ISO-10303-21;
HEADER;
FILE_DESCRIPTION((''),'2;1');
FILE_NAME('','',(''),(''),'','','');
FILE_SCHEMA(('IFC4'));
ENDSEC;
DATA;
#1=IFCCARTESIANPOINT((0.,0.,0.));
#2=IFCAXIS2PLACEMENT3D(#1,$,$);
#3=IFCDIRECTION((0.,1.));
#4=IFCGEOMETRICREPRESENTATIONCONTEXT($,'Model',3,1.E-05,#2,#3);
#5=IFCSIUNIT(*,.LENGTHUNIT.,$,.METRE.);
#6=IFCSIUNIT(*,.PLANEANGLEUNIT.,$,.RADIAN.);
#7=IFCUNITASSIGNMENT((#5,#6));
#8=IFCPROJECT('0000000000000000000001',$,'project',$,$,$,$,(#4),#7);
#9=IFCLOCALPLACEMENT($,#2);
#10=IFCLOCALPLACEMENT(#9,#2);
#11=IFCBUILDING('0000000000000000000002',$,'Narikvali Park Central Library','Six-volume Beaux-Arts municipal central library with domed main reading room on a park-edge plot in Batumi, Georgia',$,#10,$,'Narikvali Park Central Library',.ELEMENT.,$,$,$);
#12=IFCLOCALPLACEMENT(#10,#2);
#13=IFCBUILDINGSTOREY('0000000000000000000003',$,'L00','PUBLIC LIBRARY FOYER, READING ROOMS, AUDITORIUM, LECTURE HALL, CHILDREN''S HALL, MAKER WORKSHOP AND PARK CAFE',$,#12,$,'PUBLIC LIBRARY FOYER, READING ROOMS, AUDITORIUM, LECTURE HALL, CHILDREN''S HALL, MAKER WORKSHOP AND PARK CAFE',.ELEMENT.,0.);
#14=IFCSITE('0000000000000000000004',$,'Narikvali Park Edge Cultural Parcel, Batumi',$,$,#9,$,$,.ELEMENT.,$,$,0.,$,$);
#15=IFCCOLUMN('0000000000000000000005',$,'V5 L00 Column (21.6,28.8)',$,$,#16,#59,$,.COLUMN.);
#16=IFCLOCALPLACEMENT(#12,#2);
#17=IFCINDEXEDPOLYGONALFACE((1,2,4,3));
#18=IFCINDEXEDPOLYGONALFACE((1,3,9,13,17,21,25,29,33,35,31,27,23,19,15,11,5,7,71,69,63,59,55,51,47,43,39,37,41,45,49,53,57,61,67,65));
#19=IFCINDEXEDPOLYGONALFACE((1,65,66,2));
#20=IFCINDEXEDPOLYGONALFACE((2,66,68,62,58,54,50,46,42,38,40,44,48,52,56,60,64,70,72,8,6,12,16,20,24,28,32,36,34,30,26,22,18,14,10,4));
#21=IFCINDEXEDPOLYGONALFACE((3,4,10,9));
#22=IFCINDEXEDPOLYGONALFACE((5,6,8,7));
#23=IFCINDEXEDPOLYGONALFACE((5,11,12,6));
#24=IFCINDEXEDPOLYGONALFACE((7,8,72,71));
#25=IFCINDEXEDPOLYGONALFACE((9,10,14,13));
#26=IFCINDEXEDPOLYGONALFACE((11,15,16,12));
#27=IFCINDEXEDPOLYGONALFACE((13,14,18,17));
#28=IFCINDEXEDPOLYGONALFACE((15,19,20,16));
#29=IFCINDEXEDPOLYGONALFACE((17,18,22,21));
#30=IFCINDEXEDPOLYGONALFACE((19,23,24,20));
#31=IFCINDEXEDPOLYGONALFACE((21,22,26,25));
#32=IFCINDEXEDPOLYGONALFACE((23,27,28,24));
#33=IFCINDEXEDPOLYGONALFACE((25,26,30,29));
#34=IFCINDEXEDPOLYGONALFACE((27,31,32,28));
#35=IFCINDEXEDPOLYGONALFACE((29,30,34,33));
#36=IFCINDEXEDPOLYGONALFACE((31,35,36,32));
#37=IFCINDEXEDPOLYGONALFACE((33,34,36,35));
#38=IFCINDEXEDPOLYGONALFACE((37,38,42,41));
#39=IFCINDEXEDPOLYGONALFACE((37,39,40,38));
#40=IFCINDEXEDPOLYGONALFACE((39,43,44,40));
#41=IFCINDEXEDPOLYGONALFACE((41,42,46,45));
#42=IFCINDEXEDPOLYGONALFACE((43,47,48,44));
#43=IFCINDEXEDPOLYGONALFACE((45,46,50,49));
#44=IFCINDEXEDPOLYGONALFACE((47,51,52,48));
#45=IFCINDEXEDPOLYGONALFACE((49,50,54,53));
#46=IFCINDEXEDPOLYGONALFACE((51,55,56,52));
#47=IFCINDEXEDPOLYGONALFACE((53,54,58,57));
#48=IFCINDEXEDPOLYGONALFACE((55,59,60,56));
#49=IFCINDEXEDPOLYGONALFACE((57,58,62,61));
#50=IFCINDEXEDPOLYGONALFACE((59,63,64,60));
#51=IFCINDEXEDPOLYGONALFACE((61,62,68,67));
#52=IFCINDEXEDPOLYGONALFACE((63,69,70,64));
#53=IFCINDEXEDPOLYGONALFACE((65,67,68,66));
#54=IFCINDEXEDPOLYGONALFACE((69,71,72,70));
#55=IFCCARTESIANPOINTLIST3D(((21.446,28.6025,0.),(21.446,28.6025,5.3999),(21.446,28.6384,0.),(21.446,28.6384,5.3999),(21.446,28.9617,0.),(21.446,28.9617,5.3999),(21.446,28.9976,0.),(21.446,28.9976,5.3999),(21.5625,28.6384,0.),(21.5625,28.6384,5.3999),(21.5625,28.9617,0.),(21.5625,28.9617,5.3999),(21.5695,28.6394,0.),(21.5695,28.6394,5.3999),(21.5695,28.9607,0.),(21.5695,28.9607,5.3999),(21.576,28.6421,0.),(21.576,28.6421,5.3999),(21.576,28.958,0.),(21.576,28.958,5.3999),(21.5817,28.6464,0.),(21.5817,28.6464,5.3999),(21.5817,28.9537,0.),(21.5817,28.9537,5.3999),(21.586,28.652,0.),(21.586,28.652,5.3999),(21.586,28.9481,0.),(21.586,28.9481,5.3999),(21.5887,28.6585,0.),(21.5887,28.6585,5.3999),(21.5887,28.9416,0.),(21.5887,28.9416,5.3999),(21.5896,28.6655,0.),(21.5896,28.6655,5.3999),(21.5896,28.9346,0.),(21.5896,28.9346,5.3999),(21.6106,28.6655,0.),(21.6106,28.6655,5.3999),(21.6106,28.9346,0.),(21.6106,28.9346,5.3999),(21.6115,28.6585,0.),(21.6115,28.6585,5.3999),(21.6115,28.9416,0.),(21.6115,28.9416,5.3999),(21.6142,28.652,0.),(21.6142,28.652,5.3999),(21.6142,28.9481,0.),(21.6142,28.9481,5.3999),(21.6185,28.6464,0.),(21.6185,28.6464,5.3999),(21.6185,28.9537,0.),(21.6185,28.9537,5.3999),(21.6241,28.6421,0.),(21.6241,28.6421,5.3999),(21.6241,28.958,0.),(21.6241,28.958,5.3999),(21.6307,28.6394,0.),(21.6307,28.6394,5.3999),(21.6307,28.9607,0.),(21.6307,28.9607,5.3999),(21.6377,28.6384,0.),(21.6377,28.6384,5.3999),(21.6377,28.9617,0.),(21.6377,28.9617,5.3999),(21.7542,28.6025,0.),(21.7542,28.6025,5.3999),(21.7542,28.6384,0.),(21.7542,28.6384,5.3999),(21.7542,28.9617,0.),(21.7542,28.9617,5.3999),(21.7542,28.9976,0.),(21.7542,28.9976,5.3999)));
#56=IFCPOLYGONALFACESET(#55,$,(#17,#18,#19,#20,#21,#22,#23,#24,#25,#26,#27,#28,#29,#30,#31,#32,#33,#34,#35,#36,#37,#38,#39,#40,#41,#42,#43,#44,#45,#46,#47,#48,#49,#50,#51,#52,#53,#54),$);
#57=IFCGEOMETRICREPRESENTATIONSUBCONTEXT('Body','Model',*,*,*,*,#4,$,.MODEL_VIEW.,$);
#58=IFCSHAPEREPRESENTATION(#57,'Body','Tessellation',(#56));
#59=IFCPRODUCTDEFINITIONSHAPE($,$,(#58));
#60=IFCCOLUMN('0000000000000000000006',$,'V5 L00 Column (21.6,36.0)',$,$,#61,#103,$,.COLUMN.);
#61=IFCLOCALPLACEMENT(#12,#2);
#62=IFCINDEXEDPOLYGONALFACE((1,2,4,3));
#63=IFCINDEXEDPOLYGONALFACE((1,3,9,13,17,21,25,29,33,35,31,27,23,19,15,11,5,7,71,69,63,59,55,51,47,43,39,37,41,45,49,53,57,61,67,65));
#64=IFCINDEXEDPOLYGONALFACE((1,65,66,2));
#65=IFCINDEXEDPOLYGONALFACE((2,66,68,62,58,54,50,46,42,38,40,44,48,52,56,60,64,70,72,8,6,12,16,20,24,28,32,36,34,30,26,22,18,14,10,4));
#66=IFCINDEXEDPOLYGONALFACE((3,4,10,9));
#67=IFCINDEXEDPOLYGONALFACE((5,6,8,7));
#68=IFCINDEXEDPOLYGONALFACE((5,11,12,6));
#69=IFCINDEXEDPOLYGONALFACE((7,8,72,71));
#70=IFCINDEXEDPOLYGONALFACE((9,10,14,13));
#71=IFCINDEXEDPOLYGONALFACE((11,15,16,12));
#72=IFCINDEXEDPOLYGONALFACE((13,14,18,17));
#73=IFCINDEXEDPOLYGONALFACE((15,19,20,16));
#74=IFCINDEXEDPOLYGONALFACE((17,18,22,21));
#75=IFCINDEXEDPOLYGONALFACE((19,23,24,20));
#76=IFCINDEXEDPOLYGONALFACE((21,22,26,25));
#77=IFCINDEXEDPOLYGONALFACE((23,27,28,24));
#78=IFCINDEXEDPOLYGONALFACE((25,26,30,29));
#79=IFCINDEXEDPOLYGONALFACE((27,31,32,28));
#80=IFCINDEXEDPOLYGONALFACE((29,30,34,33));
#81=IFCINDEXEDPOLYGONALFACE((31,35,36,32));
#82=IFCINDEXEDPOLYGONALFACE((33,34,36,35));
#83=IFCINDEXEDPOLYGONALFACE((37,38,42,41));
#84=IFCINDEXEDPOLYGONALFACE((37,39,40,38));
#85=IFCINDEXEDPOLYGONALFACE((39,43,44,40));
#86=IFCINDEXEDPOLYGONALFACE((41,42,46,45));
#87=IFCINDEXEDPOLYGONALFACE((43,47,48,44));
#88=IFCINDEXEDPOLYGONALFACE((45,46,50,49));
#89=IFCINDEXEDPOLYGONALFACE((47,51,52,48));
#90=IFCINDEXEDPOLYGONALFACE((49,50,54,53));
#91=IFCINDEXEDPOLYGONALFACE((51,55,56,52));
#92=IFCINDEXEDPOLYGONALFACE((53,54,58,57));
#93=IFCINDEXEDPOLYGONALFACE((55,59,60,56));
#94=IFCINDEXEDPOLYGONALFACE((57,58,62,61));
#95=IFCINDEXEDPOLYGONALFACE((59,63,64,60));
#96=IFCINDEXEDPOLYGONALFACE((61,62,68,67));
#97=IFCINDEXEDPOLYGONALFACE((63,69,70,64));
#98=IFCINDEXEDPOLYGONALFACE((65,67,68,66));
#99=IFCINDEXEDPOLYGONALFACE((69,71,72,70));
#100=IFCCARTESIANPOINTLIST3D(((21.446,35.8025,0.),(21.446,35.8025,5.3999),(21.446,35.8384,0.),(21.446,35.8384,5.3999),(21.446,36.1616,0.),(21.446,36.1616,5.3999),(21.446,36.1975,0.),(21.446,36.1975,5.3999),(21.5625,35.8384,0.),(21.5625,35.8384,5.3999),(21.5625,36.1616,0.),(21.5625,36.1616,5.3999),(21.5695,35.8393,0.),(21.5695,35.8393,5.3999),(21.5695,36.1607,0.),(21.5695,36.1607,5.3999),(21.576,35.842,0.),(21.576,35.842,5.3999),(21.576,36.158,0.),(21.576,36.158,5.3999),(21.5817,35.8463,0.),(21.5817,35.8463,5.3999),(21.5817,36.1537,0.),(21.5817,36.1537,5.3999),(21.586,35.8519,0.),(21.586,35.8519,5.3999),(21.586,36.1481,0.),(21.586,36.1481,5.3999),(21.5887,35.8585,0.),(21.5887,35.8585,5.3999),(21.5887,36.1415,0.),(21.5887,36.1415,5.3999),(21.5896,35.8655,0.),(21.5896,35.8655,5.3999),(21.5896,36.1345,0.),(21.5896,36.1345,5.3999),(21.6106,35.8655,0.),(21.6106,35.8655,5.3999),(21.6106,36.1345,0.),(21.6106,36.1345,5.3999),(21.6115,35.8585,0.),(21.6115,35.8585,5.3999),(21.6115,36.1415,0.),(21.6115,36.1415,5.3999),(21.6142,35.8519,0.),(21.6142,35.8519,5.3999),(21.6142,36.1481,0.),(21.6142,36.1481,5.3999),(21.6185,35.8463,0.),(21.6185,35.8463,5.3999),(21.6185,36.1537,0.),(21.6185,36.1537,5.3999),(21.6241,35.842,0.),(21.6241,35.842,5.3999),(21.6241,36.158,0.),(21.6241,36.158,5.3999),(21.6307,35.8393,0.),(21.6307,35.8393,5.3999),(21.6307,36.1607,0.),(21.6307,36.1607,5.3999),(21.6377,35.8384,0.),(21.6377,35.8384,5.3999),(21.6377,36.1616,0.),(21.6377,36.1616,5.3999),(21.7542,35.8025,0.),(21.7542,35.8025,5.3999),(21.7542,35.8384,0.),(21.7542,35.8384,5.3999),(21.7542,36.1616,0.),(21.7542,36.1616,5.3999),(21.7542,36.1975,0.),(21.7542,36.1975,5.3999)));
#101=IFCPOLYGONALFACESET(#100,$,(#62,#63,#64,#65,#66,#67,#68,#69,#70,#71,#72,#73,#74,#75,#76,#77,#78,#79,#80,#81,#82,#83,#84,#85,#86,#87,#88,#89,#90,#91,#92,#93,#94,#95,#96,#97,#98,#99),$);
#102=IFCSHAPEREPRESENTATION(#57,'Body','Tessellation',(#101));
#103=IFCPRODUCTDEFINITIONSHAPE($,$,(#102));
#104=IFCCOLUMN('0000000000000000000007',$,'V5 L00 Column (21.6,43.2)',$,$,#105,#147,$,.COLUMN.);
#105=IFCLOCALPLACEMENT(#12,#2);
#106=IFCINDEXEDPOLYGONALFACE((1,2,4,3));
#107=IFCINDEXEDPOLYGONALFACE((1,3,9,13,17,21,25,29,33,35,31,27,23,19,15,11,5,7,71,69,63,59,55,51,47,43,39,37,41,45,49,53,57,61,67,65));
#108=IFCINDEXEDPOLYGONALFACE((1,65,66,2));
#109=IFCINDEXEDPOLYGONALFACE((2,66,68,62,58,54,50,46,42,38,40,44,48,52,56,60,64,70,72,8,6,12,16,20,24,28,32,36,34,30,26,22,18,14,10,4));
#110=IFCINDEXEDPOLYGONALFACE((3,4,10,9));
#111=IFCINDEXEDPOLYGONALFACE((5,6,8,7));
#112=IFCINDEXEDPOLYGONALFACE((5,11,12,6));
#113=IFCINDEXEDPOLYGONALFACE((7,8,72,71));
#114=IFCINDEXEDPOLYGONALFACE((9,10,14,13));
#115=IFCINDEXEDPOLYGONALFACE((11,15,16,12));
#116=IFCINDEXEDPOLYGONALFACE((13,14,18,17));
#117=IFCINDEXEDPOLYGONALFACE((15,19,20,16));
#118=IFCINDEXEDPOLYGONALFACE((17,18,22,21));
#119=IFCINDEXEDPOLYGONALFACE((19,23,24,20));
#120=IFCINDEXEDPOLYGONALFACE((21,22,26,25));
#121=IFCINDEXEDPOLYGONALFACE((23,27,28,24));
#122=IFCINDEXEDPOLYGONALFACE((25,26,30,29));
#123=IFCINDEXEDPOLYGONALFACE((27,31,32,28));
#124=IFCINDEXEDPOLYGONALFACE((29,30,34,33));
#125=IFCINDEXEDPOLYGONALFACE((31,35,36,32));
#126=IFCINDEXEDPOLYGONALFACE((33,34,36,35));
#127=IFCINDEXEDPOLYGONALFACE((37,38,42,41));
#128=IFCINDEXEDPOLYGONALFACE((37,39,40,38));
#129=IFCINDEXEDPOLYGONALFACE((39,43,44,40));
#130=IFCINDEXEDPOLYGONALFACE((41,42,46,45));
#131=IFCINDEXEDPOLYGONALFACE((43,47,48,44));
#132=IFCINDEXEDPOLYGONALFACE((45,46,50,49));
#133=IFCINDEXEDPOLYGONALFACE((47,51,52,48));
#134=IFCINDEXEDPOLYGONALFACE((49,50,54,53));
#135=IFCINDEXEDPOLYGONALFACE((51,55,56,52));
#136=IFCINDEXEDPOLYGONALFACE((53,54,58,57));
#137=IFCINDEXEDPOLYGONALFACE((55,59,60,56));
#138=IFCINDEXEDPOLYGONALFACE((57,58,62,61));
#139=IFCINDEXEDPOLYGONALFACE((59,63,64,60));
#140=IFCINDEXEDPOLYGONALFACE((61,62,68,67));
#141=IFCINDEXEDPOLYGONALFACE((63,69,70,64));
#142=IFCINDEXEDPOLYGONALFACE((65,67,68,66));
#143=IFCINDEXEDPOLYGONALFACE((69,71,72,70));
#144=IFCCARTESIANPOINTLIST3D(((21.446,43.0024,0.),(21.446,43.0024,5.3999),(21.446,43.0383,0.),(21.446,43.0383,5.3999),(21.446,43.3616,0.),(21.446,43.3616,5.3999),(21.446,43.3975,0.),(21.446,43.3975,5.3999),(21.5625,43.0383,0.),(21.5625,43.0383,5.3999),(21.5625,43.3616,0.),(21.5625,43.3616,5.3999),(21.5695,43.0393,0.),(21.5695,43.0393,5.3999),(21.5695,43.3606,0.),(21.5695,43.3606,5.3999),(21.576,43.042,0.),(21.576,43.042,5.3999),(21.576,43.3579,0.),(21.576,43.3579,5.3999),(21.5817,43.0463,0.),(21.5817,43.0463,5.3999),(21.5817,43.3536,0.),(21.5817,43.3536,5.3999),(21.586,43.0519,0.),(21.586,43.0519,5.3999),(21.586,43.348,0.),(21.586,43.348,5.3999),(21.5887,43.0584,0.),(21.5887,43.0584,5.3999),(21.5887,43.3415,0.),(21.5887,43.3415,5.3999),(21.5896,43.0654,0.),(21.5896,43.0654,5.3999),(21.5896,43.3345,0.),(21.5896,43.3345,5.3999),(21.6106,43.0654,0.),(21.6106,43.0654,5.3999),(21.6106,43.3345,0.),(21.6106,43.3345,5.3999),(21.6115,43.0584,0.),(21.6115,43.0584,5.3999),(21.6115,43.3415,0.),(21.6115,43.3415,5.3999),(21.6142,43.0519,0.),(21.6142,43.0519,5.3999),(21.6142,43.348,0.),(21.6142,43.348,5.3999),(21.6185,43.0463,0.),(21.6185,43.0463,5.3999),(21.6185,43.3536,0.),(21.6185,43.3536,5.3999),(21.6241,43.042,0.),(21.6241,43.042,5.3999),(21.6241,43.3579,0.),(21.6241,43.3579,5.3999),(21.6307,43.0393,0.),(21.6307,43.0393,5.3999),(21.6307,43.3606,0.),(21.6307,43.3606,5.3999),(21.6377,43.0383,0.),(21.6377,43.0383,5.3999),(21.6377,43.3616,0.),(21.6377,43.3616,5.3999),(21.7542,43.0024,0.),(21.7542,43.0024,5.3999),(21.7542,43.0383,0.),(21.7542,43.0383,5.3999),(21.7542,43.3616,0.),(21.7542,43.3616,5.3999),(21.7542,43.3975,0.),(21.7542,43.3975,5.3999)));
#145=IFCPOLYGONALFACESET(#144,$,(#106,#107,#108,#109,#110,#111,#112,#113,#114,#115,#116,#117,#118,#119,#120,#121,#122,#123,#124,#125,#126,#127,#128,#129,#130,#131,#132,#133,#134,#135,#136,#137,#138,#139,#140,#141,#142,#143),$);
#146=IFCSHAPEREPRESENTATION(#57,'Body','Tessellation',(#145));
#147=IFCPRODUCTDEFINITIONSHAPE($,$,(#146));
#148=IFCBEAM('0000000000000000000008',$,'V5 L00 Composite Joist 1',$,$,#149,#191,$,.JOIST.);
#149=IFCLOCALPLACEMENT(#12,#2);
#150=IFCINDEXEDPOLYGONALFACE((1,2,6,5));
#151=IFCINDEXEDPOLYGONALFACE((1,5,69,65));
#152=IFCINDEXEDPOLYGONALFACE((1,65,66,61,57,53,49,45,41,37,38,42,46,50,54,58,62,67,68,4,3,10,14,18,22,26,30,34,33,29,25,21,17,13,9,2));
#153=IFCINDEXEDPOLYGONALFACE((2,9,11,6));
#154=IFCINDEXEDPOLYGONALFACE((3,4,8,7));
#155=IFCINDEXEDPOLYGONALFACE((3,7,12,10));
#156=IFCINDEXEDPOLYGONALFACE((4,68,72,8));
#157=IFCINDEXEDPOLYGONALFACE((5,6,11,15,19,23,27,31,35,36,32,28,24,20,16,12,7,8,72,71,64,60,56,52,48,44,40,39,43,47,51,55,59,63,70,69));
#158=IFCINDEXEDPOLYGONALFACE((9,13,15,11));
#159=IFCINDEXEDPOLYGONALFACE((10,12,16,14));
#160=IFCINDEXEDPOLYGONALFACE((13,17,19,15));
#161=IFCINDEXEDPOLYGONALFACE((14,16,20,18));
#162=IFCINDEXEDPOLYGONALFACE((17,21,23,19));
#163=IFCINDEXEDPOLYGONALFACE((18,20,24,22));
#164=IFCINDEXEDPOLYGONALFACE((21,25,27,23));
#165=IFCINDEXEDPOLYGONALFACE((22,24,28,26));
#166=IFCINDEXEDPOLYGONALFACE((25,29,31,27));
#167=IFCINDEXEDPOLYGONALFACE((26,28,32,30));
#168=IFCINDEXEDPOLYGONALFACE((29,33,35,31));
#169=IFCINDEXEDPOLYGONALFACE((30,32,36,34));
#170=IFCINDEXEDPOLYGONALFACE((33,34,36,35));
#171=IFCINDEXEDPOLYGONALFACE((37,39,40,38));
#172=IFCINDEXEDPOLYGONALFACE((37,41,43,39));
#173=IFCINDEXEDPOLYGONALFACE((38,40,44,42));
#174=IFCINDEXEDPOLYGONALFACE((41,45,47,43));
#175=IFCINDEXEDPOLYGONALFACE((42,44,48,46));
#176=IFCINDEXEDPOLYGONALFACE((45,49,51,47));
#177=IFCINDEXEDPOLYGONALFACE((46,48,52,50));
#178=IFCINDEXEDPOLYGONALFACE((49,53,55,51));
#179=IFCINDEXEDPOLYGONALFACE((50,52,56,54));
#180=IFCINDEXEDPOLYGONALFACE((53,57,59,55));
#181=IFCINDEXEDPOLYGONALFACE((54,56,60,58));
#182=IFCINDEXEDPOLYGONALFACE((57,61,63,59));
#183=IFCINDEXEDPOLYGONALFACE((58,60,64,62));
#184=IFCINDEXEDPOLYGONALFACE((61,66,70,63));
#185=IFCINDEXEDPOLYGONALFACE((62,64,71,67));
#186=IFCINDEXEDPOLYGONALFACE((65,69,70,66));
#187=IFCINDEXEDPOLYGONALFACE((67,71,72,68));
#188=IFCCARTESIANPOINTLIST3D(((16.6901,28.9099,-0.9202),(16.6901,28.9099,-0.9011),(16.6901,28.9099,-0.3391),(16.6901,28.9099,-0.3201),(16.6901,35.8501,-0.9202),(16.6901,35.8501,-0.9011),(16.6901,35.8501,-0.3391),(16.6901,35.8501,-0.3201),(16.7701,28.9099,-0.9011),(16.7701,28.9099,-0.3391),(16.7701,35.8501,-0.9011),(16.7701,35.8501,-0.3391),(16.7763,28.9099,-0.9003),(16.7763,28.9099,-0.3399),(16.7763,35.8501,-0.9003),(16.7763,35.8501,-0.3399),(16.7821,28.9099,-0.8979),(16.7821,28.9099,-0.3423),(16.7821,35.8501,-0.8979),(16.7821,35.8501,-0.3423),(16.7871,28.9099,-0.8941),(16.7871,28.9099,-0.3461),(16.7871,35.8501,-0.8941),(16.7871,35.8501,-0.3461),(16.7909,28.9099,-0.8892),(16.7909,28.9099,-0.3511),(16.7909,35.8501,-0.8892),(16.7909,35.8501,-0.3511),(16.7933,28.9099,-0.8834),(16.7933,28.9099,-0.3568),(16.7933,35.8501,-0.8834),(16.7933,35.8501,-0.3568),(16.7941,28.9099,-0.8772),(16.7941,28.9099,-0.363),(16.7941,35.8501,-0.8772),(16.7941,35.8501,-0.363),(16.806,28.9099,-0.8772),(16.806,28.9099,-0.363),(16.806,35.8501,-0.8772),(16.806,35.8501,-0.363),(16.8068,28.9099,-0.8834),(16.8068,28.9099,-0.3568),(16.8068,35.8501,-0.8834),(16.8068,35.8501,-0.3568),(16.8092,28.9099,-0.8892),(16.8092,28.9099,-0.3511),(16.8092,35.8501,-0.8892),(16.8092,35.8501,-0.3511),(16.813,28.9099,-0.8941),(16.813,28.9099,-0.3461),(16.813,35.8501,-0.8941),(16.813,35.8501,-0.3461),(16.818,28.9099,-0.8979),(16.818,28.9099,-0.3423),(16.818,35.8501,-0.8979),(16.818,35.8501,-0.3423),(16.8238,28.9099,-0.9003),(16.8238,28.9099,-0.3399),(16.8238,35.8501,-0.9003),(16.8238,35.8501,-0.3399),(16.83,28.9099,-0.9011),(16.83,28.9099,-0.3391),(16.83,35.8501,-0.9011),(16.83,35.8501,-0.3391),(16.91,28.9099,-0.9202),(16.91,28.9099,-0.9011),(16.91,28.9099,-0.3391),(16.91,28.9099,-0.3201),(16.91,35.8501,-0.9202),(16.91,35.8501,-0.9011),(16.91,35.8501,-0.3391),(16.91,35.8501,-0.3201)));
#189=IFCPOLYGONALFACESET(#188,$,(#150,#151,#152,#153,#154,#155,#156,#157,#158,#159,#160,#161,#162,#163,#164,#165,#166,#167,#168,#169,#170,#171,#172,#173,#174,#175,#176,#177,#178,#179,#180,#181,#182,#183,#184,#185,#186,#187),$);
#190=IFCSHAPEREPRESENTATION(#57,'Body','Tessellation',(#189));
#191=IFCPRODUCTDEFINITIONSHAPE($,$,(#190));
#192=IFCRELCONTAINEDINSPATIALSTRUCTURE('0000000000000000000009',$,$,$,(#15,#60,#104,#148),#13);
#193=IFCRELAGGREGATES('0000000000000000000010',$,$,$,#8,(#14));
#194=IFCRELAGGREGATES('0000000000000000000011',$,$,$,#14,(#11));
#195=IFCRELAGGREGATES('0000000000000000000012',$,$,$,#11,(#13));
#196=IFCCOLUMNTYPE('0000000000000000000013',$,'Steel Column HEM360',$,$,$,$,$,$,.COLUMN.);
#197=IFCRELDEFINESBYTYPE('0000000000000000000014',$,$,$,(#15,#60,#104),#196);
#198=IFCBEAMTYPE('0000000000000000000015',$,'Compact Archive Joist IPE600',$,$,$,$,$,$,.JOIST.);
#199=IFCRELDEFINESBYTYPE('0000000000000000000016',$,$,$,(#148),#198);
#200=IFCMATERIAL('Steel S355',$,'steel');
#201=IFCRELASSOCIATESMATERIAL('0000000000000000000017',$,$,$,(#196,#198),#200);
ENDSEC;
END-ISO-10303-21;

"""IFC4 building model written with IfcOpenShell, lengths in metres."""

from ifc_helpers import new_model, si_unit, direction, frame, origin, origin_2d, place, context, subcontext, project, spatial, i_section, extrude, material, material_profile, profile_set, type_object, element, save


model = new_model("IFC4")

# Units and contexts
model_context = context("Model", 3, precision=1e-05, world=origin(), true_north=direction((0.0, 1.0)))
body_context = subcontext(model_context, "Body", "Model", "MODEL_VIEW")
ifc_project = project(units=[si_unit("LENGTHUNIT", "METRE"), si_unit("PLANEANGLEUNIT", "RADIAN")], contexts=[model_context])

# Site, building, storey
site_placement = place(None, origin())
site = spatial("IfcSite", under=ifc_project, at=site_placement, Name="Narikvali Park Edge Cultural Parcel, Batumi", CompositionType="ELEMENT", RefElevation=0.0)
building_placement = place(site_placement, origin())
building = spatial("IfcBuilding", under=site, at=building_placement, Name="Narikvali Park Central Library", Description="Six-volume Beaux-Arts municipal central library with domed main reading room on a park-edge plot in Batumi, Georgia", LongName="Narikvali Park Central Library", CompositionType="ELEMENT")
storey_placement = place(building_placement, origin())
storey = spatial("IfcBuildingStorey", under=building, at=storey_placement, Name="L00", Description="PUBLIC LIBRARY FOYER, READING ROOMS, AUDITORIUM, LECTURE HALL, CHILDREN'S HALL, MAKER WORKSHOP AND PARK CAFE", LongName="PUBLIC LIBRARY FOYER, READING ROOMS, AUDITORIUM, LECTURE HALL, CHILDREN'S HALL, MAKER WORKSHOP AND PARK CAFE", CompositionType="ELEMENT", Elevation=0.0)

# Columns
ifc_material_1 = material(Name="Steel S355", Category="steel")
ifc_material_profile_1 = material_profile(ifc_material_1, i_section(OverallWidth=0.3081, OverallDepth=0.395, WebThickness=0.021, FlangeThickness=0.0359, FilletRadius=0.0271, at=origin_2d()), Name="HEM 360")
ifc_profile_set_1 = profile_set([ifc_material_profile_1], Name="Steel S355")
column_type = type_object("IfcColumnType", Name="Steel Column HEM360", PredefinedType="COLUMN", material=ifc_profile_set_1)
for number, where, z_axis, x_axis, name in (
    (1, (21.6001, 28.8, 0.0), (0.0, 0.0, 1.0), (1.0, 0.0, 0.0), "V5 L00 Column (21.6,28.8)"),
    (2, (21.6001, 36.0, 0.0), (0.0, 0.0, 1.0), (1.0, 0.0, 0.0), "V5 L00 Column (21.6,36.0)"),
    (3, (21.6001, 43.2, 0.0), (0.0, 0.0, 1.0), (1.0, 0.0, 0.0), "V5 L00 Column (21.6,43.2)"),
):
    element("IfcColumn", number, at=place(storey_placement, frame(where, z_axis=z_axis, x_axis=x_axis)), inside=storey, type_object=column_type, Name=name, PredefinedType="COLUMN", context=body_context, shape_type="SweptSolid", body=[
        extrude(i_section(OverallWidth=0.3081, OverallDepth=0.395, WebThickness=0.021, FlangeThickness=0.0359, FilletRadius=0.0271, at=origin_2d()), origin(), (0.0, 0.0, 1.0), 5.3999),
    ])

# Beam
ifc_material_profile_2 = material_profile(ifc_material_1, i_section(OverallWidth=0.22, OverallDepth=0.6001, WebThickness=0.012, FlangeThickness=0.019, FilletRadius=0.0239, at=origin_2d()), Name="IPE 600")
ifc_profile_set_2 = profile_set([ifc_material_profile_2], Name="Steel S355")
beam_type_1 = type_object("IfcBeamType", Name="Compact Archive Joist IPE600", PredefinedType="JOIST", material=ifc_profile_set_2)
for number, where, z_axis, x_axis, name in (
    (4, (16.8, 28.9099, -0.6201), (0.0, 1.0, 0.0), (-1.0, 0.0, 0.0), "V5 L00 Composite Joist 1"),
):
    element("IfcBeam", number, at=place(storey_placement, frame(where, z_axis=z_axis, x_axis=x_axis)), inside=storey, type_object=beam_type_1, Name=name, PredefinedType="JOIST", context=body_context, shape_type="SweptSolid", body=[
        extrude(i_section(OverallWidth=0.22, OverallDepth=0.6001, WebThickness=0.012, FlangeThickness=0.019, FilletRadius=0.0239, at=origin_2d()), origin(), (0.0, 0.0, 1.0), 6.9402),
    ])

save(model, "model.ifc")
